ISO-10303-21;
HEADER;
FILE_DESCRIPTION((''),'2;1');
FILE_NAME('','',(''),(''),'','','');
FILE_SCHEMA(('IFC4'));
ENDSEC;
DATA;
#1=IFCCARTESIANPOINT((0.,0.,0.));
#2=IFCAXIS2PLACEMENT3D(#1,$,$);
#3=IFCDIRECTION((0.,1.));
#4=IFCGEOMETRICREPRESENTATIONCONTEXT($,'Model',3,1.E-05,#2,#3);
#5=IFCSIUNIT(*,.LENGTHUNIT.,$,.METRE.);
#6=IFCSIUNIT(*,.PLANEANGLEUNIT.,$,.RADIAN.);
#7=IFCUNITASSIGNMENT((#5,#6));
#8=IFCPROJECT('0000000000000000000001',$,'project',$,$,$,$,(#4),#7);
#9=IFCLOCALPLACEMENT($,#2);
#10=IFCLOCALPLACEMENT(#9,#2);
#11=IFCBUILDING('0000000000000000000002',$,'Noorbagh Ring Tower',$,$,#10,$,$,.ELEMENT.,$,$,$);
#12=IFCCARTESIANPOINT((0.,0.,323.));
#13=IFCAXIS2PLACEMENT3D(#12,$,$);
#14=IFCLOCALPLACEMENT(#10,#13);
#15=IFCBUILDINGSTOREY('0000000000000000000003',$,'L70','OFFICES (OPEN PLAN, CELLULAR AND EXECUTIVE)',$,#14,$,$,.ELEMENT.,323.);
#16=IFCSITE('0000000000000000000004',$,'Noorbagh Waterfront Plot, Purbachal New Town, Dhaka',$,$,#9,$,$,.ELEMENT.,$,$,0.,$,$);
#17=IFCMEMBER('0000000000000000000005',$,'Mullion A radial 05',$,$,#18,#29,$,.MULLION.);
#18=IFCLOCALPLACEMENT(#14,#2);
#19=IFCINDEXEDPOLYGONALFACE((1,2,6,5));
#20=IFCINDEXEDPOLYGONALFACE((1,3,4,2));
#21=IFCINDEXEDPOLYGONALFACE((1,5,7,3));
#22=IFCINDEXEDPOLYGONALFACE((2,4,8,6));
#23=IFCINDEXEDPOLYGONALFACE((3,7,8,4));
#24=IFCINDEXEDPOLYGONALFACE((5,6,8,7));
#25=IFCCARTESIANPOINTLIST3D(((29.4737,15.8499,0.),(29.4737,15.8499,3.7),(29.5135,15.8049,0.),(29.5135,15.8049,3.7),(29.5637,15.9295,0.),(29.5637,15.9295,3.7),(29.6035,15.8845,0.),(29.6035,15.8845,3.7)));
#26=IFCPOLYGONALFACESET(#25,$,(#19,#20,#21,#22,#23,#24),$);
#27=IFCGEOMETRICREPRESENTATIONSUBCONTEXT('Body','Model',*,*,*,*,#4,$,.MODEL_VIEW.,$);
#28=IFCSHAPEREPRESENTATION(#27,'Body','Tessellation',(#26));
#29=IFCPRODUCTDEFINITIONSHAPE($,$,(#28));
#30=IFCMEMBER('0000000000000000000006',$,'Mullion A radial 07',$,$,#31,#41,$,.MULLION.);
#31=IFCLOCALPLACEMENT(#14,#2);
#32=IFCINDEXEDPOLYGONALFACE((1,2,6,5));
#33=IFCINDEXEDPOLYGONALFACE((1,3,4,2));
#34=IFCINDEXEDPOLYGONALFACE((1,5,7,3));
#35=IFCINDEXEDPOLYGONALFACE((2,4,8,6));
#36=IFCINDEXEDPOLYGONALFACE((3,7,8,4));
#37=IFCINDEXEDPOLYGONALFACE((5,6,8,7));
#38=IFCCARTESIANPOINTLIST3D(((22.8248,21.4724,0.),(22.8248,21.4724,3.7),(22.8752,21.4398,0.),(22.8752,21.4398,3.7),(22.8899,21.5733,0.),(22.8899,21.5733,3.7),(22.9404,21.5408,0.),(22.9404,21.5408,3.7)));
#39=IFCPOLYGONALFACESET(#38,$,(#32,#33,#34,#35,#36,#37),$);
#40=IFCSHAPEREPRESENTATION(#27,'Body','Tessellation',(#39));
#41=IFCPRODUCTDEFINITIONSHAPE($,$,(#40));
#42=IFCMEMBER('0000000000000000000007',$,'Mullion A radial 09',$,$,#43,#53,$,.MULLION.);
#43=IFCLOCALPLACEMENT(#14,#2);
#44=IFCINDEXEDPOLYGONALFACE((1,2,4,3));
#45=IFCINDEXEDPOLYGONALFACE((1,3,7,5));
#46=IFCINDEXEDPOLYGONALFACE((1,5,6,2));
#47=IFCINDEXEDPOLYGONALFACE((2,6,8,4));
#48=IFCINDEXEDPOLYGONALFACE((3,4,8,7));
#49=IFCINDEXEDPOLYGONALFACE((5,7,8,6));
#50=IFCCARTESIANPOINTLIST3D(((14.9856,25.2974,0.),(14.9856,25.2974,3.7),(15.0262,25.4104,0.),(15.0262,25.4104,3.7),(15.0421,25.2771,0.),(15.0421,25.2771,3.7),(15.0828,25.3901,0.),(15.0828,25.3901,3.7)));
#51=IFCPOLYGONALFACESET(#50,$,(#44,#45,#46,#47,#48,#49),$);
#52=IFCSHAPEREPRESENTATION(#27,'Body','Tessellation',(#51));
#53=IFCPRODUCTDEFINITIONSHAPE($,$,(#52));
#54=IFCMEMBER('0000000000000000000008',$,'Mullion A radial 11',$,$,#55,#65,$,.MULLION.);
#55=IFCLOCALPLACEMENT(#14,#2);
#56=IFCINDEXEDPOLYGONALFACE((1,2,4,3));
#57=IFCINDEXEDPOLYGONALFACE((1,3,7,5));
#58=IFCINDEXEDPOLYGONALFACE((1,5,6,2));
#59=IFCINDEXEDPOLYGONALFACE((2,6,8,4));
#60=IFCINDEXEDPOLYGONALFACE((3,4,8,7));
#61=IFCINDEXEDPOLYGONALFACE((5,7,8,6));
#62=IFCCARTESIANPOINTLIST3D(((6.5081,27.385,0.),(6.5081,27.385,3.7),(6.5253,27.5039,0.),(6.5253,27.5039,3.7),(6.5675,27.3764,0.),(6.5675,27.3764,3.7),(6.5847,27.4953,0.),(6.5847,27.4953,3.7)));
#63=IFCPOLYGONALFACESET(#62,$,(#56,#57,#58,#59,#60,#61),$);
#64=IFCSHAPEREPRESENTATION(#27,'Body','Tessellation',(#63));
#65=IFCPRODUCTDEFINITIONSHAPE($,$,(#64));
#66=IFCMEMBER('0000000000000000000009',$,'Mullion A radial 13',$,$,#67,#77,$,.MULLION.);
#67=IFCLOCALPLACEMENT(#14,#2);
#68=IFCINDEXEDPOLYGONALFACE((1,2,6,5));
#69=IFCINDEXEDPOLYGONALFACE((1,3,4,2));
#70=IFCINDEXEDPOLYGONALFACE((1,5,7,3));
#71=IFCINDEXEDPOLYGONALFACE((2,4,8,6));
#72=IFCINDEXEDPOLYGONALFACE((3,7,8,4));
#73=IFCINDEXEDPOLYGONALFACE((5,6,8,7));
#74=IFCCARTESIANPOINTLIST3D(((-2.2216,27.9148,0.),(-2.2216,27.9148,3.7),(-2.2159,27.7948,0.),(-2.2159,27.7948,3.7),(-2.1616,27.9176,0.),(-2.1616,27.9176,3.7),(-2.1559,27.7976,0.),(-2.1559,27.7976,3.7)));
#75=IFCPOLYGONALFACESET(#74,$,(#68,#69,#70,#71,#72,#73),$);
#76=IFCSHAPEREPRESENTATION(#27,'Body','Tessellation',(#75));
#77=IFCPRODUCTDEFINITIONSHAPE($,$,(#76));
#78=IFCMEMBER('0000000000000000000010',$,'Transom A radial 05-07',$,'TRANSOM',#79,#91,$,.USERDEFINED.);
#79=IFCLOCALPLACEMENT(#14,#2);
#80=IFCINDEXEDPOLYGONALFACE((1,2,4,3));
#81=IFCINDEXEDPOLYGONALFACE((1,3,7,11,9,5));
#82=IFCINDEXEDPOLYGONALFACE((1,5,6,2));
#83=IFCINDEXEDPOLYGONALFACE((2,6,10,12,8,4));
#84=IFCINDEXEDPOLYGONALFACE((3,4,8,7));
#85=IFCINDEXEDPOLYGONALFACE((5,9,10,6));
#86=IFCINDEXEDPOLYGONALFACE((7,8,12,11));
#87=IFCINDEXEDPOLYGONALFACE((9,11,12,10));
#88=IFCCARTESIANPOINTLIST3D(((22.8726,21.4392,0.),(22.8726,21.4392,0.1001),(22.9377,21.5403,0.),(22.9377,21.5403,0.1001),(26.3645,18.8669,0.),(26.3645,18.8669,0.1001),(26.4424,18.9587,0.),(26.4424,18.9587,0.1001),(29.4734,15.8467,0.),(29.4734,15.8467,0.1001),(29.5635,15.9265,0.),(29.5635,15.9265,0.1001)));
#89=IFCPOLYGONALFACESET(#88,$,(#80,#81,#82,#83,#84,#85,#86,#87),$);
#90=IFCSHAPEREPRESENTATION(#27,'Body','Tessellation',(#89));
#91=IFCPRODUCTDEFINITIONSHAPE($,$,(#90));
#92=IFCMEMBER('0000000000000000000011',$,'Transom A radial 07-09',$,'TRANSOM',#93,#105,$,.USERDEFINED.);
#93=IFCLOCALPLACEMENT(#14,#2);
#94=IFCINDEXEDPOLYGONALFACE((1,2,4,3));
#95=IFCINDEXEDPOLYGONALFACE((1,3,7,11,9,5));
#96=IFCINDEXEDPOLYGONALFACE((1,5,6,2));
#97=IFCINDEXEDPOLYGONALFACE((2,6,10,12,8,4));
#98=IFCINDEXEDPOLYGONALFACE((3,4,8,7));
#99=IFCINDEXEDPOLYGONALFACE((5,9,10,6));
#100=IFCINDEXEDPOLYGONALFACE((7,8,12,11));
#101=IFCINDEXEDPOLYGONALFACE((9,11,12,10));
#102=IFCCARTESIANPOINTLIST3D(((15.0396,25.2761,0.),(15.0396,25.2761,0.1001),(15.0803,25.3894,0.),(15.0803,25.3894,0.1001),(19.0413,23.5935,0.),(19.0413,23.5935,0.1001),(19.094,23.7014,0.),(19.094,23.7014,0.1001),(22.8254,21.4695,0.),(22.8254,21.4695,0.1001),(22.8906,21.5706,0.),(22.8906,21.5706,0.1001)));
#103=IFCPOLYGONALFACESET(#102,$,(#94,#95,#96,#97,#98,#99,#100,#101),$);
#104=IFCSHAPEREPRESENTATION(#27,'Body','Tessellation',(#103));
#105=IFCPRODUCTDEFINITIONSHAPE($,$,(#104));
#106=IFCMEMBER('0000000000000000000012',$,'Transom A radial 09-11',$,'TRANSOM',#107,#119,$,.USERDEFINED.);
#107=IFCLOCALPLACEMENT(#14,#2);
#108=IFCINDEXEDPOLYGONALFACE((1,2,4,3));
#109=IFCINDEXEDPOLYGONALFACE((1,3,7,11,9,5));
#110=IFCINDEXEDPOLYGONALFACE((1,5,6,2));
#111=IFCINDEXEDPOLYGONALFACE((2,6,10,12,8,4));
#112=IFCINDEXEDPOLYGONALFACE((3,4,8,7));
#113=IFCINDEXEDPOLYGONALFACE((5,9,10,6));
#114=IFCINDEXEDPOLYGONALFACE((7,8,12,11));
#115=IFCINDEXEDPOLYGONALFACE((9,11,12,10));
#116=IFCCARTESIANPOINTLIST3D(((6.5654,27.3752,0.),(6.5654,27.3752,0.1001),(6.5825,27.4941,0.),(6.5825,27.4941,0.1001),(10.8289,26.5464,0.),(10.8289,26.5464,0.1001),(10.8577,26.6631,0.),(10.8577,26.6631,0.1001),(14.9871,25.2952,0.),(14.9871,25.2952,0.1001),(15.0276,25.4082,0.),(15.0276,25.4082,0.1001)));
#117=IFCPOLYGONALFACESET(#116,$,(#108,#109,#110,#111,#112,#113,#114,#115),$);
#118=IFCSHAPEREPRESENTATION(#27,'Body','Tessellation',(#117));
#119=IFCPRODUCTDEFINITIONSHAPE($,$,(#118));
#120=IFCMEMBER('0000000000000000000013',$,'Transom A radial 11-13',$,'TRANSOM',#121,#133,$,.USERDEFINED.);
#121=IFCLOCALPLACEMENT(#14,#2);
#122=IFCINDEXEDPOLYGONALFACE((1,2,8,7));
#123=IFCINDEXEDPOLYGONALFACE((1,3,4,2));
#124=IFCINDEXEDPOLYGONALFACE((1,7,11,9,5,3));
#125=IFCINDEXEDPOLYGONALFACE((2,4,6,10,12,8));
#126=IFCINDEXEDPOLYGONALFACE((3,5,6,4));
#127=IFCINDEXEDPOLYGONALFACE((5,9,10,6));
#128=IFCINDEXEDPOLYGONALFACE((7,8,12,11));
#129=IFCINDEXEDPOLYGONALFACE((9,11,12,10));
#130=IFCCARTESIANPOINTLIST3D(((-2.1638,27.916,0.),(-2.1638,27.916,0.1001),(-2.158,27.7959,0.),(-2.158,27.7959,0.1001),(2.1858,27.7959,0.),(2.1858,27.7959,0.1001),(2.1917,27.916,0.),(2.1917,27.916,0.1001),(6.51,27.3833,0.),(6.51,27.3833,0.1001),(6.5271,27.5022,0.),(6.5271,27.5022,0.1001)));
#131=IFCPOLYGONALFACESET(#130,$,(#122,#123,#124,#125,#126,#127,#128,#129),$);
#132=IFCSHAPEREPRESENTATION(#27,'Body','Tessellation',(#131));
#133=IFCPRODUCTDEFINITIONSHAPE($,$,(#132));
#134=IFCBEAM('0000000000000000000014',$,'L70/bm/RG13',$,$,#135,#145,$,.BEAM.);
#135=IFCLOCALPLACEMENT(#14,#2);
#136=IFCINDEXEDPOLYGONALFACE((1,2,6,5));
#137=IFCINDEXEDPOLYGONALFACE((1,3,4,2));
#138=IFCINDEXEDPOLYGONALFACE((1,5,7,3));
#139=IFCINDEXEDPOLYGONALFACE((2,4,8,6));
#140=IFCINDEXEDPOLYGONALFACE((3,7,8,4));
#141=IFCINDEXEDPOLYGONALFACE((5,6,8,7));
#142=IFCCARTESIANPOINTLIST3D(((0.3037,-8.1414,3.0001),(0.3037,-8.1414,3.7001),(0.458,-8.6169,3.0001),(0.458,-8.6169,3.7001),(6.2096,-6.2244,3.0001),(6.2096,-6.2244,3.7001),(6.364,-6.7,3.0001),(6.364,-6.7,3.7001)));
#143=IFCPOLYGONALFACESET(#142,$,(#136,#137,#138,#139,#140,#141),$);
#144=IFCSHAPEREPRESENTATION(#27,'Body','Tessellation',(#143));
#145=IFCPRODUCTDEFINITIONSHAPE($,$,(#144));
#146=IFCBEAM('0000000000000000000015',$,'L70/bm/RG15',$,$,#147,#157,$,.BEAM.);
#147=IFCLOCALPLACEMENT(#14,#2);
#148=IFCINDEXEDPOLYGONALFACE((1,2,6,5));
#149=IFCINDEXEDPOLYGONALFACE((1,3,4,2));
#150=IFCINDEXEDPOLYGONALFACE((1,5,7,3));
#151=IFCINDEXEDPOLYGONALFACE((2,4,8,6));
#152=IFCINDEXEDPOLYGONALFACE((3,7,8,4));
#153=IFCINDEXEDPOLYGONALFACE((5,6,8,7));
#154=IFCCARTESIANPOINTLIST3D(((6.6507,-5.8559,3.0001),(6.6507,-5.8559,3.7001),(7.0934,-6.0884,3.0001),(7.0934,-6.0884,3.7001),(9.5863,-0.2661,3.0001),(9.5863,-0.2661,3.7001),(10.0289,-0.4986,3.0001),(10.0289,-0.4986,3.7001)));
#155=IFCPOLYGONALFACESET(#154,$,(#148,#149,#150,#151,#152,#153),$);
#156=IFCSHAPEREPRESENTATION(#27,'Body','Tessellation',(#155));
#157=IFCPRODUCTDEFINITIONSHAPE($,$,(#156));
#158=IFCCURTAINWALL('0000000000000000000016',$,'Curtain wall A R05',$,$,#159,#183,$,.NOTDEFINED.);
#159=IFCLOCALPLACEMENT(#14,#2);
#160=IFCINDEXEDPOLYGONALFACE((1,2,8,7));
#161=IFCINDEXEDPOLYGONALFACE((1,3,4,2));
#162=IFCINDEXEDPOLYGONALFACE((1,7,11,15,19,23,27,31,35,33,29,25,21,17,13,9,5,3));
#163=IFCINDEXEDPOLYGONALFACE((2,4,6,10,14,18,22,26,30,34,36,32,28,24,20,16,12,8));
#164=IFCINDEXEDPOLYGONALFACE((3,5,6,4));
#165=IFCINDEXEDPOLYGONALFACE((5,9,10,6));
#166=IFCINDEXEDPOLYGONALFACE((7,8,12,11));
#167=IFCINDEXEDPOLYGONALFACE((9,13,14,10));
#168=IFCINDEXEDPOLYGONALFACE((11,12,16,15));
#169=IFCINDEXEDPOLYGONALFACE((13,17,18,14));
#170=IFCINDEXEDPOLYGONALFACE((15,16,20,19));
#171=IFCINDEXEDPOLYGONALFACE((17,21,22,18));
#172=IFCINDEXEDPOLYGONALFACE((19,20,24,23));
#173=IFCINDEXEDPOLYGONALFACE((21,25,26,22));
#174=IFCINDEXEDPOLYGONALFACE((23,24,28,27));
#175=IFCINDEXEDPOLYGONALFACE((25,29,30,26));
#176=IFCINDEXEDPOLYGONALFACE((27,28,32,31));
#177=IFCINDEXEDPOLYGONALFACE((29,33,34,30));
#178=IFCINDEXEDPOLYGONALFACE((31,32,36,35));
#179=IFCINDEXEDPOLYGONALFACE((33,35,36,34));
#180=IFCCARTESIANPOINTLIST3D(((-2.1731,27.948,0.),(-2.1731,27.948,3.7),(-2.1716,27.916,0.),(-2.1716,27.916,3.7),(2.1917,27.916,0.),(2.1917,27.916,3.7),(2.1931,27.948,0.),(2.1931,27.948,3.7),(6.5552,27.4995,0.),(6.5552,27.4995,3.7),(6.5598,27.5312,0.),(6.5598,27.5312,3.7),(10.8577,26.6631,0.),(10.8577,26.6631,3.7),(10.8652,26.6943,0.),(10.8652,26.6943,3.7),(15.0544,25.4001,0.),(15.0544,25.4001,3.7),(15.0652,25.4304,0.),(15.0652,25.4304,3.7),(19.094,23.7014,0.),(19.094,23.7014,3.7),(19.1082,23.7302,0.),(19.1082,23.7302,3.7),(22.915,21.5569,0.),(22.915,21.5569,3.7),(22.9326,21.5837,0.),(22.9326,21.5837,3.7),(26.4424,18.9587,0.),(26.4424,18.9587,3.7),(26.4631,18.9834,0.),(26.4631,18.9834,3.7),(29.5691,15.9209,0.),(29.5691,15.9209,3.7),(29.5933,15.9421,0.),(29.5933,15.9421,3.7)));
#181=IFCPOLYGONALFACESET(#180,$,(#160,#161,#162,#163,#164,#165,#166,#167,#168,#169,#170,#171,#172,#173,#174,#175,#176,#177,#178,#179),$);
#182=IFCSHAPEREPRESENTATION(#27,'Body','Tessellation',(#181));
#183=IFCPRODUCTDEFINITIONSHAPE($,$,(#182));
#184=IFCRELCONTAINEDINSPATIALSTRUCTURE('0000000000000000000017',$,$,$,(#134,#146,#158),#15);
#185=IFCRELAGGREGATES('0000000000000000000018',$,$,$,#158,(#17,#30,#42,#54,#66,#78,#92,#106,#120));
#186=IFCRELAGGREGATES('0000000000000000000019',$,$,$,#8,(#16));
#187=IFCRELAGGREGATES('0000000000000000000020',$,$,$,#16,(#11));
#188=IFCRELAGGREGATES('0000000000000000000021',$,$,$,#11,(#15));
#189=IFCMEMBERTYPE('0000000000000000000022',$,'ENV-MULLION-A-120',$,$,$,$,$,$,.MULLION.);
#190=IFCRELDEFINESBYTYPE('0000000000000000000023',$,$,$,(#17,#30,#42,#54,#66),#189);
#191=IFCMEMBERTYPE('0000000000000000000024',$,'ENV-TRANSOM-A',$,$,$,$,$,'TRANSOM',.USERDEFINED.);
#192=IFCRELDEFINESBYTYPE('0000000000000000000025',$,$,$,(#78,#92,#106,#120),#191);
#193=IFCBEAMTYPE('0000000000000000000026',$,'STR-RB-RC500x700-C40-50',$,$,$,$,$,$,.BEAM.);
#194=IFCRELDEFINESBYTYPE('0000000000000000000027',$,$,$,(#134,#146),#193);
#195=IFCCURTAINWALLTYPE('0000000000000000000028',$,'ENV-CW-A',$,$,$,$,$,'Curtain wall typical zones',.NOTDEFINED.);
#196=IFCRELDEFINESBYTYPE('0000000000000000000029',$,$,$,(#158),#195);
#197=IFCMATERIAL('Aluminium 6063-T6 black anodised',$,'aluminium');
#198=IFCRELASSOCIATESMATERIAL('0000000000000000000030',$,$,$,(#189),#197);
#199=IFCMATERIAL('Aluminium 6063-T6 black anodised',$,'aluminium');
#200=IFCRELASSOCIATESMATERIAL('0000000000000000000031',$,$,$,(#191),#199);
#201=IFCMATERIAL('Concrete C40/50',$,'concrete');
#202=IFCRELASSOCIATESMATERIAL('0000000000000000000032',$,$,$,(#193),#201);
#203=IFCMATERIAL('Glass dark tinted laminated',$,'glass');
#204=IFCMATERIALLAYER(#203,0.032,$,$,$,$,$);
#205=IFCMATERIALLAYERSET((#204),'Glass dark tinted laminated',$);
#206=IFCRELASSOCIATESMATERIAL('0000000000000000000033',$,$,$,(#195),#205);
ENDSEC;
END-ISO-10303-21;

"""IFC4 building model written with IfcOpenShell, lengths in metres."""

from ifc_helpers import new_model, si_unit, direction, frame, origin, origin_2d, place, context, subcontext, project, spatial, polyline, rectangle, outline, extrude, material, layer, layer_set, material_profile, profile_set, type_object, element, aggregate, save


model = new_model("IFC4")

# Units and contexts
model_context = context("Model", 3, precision=1e-05, world=origin(), true_north=direction((0.0, 1.0)))
body_context = subcontext(model_context, "Body", "Model", "MODEL_VIEW")
ifc_project = project(units=[si_unit("LENGTHUNIT", "METRE"), si_unit("PLANEANGLEUNIT", "RADIAN")], contexts=[model_context])

# Site, building, storey
site_placement = place(None, origin())
site = spatial("IfcSite", under=ifc_project, at=site_placement, Name="Noorbagh Waterfront Plot, Purbachal New Town, Dhaka", CompositionType="ELEMENT", RefElevation=0.0)
building_placement = place(site_placement, origin())
building = spatial("IfcBuilding", under=site, at=building_placement, Name="Noorbagh Ring Tower", CompositionType="ELEMENT")
storey_placement = place(building_placement, frame((0.0, 0.0, 323.0)))
storey = spatial("IfcBuildingStorey", under=building, at=storey_placement, Name="L70", Description="OFFICES (OPEN PLAN, CELLULAR AND EXECUTIVE)", CompositionType="ELEMENT", Elevation=323.0)

# Members
ifc_material_1 = material(Name="Aluminium 6063-T6 black anodised", Category="aluminium")
ifc_material_profile_1 = material_profile(ifc_material_1, rectangle(XDim=0.1201, YDim=0.0601, at=origin_2d()), Name="120x60")
ifc_profile_set_1 = profile_set([ifc_material_profile_1], Name="Aluminium 6063-T6 black anodised")
member_type_1 = type_object("IfcMemberType", Name="ENV-MULLION-A-120", PredefinedType="MULLION", material=ifc_profile_set_1)
member_1_placement = place(storey_placement, frame((29.5386, 15.8672, 0.0), z_axis=(0.0, 0.0, 1.0), x_axis=(-0.749047, -0.662517, 0.0)))
member_1 = element("IfcMember", 1, at=member_1_placement, type_object=member_type_1, Name="Mullion A radial 05", PredefinedType="MULLION", context=body_context, shape_type="SweptSolid", body=[
    extrude(rectangle(XDim=0.1201, YDim=0.0601, at=origin_2d()), origin(), (0.0, 0.0, 1.0), 3.7),
])
member_2_placement = place(storey_placement, frame((22.8826, 21.5066, 0.0), z_axis=(0.0, 0.0, 1.0), x_axis=(-0.542279, -0.840198, 0.0)))
member_2 = element("IfcMember", 2, at=member_2_placement, type_object=member_type_1, Name="Mullion A radial 07", PredefinedType="MULLION", context=body_context, shape_type="SweptSolid", body=[
    extrude(rectangle(XDim=0.1201, YDim=0.0601, at=origin_2d()), origin(), (0.0, 0.0, 1.0), 3.7),
])
member_3_placement = place(storey_placement, frame((15.0342, 25.3438, 0.0), z_axis=(0.0, 0.0, 1.0), x_axis=(-0.338379, -0.94101, 0.0)))
member_3 = element("IfcMember", 3, at=member_3_placement, type_object=member_type_1, Name="Mullion A radial 09", PredefinedType="MULLION", context=body_context, shape_type="SweptSolid", body=[
    extrude(rectangle(XDim=0.1201, YDim=0.0601, at=origin_2d()), origin(), (0.0, 0.0, 1.0), 3.7),
])
member_4_placement = place(storey_placement, frame((6.5464, 27.4402, 0.0), z_axis=(0.0, 0.0, 1.0), x_axis=(-0.143082, -0.989711, 0.0)))
member_4 = element("IfcMember", 4, at=member_4_placement, type_object=member_type_1, Name="Mullion A radial 11", PredefinedType="MULLION", context=body_context, shape_type="SweptSolid", body=[
    extrude(rectangle(XDim=0.1201, YDim=0.0601, at=origin_2d()), origin(), (0.0, 0.0, 1.0), 3.7),
])
member_5_placement = place(storey_placement, frame((-2.1887, 27.8562, 0.0), z_axis=(0.0, 0.0, 1.0), x_axis=(0.047558, -0.998868, 0.0)))
member_5 = element("IfcMember", 5, at=member_5_placement, type_object=member_type_1, Name="Mullion A radial 13", PredefinedType="MULLION", context=body_context, shape_type="SweptSolid", body=[
    extrude(rectangle(XDim=0.1201, YDim=0.0601, at=origin_2d()), origin(), (0.0, 0.0, 1.0), 3.7),
])
ifc_material_2 = material(Name="Aluminium 6063-T6 black anodised", Category="aluminium")
member_type_2 = type_object("IfcMemberType", Name="ENV-TRANSOM-A", ElementType="TRANSOM", PredefinedType="USERDEFINED", material=ifc_material_2)
member_6_placement = place(storey_placement, origin())
member_6 = element("IfcMember", 6, at=member_6_placement, type_object=member_type_2, Name="Transom A radial 05-07", ObjectType="TRANSOM", PredefinedType="USERDEFINED", context=body_context, shape_type="SweptSolid", body=[
    extrude(outline(polyline([(29.5635, 15.9265), (26.4424, 18.9587), (22.9377, 21.5403), (22.8726, 21.4392), (26.3645, 18.8669), (29.4734, 15.8467), (29.5635, 15.9265)])), origin(), (0.0, 0.0, 1.0), 0.1001),
])
member_7_placement = place(storey_placement, origin())
member_7 = element("IfcMember", 7, at=member_7_placement, type_object=member_type_2, Name="Transom A radial 07-09", ObjectType="TRANSOM", PredefinedType="USERDEFINED", context=body_context, shape_type="SweptSolid", body=[
    extrude(outline(polyline([(22.8906, 21.5706), (19.094, 23.7014), (15.0803, 25.3894), (15.0396, 25.2761), (19.0413, 23.5935), (22.8254, 21.4695), (22.8906, 21.5706)])), origin(), (0.0, 0.0, 1.0), 0.1001),
])
member_8_placement = place(storey_placement, origin())
member_8 = element("IfcMember", 8, at=member_8_placement, type_object=member_type_2, Name="Transom A radial 09-11", ObjectType="TRANSOM", PredefinedType="USERDEFINED", context=body_context, shape_type="SweptSolid", body=[
    extrude(outline(polyline([(15.0276, 25.4082), (10.8577, 26.6631), (6.5825, 27.4941), (6.5654, 27.3752), (10.8289, 26.5464), (14.9871, 25.2952), (15.0276, 25.4082)])), origin(), (0.0, 0.0, 1.0), 0.1001),
])
member_9_placement = place(storey_placement, origin())
member_9 = element("IfcMember", 9, at=member_9_placement, type_object=member_type_2, Name="Transom A radial 11-13", ObjectType="TRANSOM", PredefinedType="USERDEFINED", context=body_context, shape_type="SweptSolid", body=[
    extrude(outline(polyline([(6.5271, 27.5022), (2.1917, 27.916), (-2.1638, 27.916), (-2.158, 27.7959), (2.1858, 27.7959), (6.51, 27.3833), (6.5271, 27.5022)])), origin(), (0.0, 0.0, 1.0), 0.1001),
])

# Beams
ifc_material_3 = material(Name="Concrete C40/50", Category="concrete")
ifc_material_profile_2 = material_profile(ifc_material_3, rectangle(XDim=0.5, YDim=0.7, at=origin_2d()), Name="RC500x700")
ifc_profile_set_2 = profile_set([ifc_material_profile_2], Name="Concrete C40/50")
beam_type = type_object("IfcBeamType", Name="STR-RB-RC500x700-C40-50", PredefinedType="BEAM", material=ifc_profile_set_2)
beam_1_placement = place(storey_placement, frame((0.3809, -8.3792, 3.3501), z_axis=(0.95115, 0.308728, 0.0), x_axis=(-0.308728, 0.95115, 0.0)))
element("IfcBeam", 10, at=beam_1_placement, inside=storey, type_object=beam_type, Name="L70/bm/RG13", PredefinedType="BEAM", context=body_context, shape_type="SweptSolid", body=[
    extrude(rectangle(XDim=0.5, YDim=0.7, at=origin_2d()), origin(), (0.0, 0.0, 1.0), 6.2092),
])
beam_2_placement = place(storey_placement, frame((6.8721, -5.9722, 3.3501), z_axis=(0.464943, 0.885341, 0.0), x_axis=(-0.885341, 0.464943, 0.0)))
element("IfcBeam", 11, at=beam_2_placement, inside=storey, type_object=beam_type, Name="L70/bm/RG15", PredefinedType="BEAM", context=body_context, shape_type="SweptSolid", body=[
    extrude(rectangle(XDim=0.5, YDim=0.7, at=origin_2d()), origin(), (0.0, 0.0, 1.0), 6.3137),
])

# Curtain wall
ifc_material_4 = material(Name="Glass dark tinted laminated", Category="glass")
ifc_layer_1 = layer(ifc_material_4, 0.032)
ifc_layer_set_1 = layer_set([ifc_layer_1], Name="Glass dark tinted laminated")
curtain_wall_type = type_object("IfcCurtainWallType", Name="ENV-CW-A", ElementType="Curtain wall typical zones", PredefinedType="NOTDEFINED", material=ifc_layer_set_1)
curtain_wall_placement = place(storey_placement, origin())
curtain_wall = element("IfcCurtainWall", 12, at=curtain_wall_placement, inside=storey, type_object=curtain_wall_type, Name="Curtain wall A R05", PredefinedType="NOTDEFINED", context=body_context, shape_type="SweptSolid", body=[
    extrude(outline(polyline([(29.5933, 15.9421), (26.4631, 18.9834), (22.9326, 21.5837), (19.1082, 23.7302), (15.0652, 25.4304), (10.8652, 26.6943), (6.5598, 27.5312), (2.1931, 27.948), (-2.1731, 27.948), (-2.1716, 27.916), (2.1917, 27.916), (6.5552, 27.4995), (10.8577, 26.6631), (15.0544, 25.4001), (19.094, 23.7014), (22.915, 21.5569), (26.4424, 18.9587), (29.5691, 15.9209), (29.5933, 15.9421)])), origin(), (0.0, 0.0, 1.0), 3.7),
])
aggregate(curtain_wall, [member_1, member_2, member_3, member_4, member_5, member_6, member_7, member_8, member_9])

save(model, "model.ifc")
